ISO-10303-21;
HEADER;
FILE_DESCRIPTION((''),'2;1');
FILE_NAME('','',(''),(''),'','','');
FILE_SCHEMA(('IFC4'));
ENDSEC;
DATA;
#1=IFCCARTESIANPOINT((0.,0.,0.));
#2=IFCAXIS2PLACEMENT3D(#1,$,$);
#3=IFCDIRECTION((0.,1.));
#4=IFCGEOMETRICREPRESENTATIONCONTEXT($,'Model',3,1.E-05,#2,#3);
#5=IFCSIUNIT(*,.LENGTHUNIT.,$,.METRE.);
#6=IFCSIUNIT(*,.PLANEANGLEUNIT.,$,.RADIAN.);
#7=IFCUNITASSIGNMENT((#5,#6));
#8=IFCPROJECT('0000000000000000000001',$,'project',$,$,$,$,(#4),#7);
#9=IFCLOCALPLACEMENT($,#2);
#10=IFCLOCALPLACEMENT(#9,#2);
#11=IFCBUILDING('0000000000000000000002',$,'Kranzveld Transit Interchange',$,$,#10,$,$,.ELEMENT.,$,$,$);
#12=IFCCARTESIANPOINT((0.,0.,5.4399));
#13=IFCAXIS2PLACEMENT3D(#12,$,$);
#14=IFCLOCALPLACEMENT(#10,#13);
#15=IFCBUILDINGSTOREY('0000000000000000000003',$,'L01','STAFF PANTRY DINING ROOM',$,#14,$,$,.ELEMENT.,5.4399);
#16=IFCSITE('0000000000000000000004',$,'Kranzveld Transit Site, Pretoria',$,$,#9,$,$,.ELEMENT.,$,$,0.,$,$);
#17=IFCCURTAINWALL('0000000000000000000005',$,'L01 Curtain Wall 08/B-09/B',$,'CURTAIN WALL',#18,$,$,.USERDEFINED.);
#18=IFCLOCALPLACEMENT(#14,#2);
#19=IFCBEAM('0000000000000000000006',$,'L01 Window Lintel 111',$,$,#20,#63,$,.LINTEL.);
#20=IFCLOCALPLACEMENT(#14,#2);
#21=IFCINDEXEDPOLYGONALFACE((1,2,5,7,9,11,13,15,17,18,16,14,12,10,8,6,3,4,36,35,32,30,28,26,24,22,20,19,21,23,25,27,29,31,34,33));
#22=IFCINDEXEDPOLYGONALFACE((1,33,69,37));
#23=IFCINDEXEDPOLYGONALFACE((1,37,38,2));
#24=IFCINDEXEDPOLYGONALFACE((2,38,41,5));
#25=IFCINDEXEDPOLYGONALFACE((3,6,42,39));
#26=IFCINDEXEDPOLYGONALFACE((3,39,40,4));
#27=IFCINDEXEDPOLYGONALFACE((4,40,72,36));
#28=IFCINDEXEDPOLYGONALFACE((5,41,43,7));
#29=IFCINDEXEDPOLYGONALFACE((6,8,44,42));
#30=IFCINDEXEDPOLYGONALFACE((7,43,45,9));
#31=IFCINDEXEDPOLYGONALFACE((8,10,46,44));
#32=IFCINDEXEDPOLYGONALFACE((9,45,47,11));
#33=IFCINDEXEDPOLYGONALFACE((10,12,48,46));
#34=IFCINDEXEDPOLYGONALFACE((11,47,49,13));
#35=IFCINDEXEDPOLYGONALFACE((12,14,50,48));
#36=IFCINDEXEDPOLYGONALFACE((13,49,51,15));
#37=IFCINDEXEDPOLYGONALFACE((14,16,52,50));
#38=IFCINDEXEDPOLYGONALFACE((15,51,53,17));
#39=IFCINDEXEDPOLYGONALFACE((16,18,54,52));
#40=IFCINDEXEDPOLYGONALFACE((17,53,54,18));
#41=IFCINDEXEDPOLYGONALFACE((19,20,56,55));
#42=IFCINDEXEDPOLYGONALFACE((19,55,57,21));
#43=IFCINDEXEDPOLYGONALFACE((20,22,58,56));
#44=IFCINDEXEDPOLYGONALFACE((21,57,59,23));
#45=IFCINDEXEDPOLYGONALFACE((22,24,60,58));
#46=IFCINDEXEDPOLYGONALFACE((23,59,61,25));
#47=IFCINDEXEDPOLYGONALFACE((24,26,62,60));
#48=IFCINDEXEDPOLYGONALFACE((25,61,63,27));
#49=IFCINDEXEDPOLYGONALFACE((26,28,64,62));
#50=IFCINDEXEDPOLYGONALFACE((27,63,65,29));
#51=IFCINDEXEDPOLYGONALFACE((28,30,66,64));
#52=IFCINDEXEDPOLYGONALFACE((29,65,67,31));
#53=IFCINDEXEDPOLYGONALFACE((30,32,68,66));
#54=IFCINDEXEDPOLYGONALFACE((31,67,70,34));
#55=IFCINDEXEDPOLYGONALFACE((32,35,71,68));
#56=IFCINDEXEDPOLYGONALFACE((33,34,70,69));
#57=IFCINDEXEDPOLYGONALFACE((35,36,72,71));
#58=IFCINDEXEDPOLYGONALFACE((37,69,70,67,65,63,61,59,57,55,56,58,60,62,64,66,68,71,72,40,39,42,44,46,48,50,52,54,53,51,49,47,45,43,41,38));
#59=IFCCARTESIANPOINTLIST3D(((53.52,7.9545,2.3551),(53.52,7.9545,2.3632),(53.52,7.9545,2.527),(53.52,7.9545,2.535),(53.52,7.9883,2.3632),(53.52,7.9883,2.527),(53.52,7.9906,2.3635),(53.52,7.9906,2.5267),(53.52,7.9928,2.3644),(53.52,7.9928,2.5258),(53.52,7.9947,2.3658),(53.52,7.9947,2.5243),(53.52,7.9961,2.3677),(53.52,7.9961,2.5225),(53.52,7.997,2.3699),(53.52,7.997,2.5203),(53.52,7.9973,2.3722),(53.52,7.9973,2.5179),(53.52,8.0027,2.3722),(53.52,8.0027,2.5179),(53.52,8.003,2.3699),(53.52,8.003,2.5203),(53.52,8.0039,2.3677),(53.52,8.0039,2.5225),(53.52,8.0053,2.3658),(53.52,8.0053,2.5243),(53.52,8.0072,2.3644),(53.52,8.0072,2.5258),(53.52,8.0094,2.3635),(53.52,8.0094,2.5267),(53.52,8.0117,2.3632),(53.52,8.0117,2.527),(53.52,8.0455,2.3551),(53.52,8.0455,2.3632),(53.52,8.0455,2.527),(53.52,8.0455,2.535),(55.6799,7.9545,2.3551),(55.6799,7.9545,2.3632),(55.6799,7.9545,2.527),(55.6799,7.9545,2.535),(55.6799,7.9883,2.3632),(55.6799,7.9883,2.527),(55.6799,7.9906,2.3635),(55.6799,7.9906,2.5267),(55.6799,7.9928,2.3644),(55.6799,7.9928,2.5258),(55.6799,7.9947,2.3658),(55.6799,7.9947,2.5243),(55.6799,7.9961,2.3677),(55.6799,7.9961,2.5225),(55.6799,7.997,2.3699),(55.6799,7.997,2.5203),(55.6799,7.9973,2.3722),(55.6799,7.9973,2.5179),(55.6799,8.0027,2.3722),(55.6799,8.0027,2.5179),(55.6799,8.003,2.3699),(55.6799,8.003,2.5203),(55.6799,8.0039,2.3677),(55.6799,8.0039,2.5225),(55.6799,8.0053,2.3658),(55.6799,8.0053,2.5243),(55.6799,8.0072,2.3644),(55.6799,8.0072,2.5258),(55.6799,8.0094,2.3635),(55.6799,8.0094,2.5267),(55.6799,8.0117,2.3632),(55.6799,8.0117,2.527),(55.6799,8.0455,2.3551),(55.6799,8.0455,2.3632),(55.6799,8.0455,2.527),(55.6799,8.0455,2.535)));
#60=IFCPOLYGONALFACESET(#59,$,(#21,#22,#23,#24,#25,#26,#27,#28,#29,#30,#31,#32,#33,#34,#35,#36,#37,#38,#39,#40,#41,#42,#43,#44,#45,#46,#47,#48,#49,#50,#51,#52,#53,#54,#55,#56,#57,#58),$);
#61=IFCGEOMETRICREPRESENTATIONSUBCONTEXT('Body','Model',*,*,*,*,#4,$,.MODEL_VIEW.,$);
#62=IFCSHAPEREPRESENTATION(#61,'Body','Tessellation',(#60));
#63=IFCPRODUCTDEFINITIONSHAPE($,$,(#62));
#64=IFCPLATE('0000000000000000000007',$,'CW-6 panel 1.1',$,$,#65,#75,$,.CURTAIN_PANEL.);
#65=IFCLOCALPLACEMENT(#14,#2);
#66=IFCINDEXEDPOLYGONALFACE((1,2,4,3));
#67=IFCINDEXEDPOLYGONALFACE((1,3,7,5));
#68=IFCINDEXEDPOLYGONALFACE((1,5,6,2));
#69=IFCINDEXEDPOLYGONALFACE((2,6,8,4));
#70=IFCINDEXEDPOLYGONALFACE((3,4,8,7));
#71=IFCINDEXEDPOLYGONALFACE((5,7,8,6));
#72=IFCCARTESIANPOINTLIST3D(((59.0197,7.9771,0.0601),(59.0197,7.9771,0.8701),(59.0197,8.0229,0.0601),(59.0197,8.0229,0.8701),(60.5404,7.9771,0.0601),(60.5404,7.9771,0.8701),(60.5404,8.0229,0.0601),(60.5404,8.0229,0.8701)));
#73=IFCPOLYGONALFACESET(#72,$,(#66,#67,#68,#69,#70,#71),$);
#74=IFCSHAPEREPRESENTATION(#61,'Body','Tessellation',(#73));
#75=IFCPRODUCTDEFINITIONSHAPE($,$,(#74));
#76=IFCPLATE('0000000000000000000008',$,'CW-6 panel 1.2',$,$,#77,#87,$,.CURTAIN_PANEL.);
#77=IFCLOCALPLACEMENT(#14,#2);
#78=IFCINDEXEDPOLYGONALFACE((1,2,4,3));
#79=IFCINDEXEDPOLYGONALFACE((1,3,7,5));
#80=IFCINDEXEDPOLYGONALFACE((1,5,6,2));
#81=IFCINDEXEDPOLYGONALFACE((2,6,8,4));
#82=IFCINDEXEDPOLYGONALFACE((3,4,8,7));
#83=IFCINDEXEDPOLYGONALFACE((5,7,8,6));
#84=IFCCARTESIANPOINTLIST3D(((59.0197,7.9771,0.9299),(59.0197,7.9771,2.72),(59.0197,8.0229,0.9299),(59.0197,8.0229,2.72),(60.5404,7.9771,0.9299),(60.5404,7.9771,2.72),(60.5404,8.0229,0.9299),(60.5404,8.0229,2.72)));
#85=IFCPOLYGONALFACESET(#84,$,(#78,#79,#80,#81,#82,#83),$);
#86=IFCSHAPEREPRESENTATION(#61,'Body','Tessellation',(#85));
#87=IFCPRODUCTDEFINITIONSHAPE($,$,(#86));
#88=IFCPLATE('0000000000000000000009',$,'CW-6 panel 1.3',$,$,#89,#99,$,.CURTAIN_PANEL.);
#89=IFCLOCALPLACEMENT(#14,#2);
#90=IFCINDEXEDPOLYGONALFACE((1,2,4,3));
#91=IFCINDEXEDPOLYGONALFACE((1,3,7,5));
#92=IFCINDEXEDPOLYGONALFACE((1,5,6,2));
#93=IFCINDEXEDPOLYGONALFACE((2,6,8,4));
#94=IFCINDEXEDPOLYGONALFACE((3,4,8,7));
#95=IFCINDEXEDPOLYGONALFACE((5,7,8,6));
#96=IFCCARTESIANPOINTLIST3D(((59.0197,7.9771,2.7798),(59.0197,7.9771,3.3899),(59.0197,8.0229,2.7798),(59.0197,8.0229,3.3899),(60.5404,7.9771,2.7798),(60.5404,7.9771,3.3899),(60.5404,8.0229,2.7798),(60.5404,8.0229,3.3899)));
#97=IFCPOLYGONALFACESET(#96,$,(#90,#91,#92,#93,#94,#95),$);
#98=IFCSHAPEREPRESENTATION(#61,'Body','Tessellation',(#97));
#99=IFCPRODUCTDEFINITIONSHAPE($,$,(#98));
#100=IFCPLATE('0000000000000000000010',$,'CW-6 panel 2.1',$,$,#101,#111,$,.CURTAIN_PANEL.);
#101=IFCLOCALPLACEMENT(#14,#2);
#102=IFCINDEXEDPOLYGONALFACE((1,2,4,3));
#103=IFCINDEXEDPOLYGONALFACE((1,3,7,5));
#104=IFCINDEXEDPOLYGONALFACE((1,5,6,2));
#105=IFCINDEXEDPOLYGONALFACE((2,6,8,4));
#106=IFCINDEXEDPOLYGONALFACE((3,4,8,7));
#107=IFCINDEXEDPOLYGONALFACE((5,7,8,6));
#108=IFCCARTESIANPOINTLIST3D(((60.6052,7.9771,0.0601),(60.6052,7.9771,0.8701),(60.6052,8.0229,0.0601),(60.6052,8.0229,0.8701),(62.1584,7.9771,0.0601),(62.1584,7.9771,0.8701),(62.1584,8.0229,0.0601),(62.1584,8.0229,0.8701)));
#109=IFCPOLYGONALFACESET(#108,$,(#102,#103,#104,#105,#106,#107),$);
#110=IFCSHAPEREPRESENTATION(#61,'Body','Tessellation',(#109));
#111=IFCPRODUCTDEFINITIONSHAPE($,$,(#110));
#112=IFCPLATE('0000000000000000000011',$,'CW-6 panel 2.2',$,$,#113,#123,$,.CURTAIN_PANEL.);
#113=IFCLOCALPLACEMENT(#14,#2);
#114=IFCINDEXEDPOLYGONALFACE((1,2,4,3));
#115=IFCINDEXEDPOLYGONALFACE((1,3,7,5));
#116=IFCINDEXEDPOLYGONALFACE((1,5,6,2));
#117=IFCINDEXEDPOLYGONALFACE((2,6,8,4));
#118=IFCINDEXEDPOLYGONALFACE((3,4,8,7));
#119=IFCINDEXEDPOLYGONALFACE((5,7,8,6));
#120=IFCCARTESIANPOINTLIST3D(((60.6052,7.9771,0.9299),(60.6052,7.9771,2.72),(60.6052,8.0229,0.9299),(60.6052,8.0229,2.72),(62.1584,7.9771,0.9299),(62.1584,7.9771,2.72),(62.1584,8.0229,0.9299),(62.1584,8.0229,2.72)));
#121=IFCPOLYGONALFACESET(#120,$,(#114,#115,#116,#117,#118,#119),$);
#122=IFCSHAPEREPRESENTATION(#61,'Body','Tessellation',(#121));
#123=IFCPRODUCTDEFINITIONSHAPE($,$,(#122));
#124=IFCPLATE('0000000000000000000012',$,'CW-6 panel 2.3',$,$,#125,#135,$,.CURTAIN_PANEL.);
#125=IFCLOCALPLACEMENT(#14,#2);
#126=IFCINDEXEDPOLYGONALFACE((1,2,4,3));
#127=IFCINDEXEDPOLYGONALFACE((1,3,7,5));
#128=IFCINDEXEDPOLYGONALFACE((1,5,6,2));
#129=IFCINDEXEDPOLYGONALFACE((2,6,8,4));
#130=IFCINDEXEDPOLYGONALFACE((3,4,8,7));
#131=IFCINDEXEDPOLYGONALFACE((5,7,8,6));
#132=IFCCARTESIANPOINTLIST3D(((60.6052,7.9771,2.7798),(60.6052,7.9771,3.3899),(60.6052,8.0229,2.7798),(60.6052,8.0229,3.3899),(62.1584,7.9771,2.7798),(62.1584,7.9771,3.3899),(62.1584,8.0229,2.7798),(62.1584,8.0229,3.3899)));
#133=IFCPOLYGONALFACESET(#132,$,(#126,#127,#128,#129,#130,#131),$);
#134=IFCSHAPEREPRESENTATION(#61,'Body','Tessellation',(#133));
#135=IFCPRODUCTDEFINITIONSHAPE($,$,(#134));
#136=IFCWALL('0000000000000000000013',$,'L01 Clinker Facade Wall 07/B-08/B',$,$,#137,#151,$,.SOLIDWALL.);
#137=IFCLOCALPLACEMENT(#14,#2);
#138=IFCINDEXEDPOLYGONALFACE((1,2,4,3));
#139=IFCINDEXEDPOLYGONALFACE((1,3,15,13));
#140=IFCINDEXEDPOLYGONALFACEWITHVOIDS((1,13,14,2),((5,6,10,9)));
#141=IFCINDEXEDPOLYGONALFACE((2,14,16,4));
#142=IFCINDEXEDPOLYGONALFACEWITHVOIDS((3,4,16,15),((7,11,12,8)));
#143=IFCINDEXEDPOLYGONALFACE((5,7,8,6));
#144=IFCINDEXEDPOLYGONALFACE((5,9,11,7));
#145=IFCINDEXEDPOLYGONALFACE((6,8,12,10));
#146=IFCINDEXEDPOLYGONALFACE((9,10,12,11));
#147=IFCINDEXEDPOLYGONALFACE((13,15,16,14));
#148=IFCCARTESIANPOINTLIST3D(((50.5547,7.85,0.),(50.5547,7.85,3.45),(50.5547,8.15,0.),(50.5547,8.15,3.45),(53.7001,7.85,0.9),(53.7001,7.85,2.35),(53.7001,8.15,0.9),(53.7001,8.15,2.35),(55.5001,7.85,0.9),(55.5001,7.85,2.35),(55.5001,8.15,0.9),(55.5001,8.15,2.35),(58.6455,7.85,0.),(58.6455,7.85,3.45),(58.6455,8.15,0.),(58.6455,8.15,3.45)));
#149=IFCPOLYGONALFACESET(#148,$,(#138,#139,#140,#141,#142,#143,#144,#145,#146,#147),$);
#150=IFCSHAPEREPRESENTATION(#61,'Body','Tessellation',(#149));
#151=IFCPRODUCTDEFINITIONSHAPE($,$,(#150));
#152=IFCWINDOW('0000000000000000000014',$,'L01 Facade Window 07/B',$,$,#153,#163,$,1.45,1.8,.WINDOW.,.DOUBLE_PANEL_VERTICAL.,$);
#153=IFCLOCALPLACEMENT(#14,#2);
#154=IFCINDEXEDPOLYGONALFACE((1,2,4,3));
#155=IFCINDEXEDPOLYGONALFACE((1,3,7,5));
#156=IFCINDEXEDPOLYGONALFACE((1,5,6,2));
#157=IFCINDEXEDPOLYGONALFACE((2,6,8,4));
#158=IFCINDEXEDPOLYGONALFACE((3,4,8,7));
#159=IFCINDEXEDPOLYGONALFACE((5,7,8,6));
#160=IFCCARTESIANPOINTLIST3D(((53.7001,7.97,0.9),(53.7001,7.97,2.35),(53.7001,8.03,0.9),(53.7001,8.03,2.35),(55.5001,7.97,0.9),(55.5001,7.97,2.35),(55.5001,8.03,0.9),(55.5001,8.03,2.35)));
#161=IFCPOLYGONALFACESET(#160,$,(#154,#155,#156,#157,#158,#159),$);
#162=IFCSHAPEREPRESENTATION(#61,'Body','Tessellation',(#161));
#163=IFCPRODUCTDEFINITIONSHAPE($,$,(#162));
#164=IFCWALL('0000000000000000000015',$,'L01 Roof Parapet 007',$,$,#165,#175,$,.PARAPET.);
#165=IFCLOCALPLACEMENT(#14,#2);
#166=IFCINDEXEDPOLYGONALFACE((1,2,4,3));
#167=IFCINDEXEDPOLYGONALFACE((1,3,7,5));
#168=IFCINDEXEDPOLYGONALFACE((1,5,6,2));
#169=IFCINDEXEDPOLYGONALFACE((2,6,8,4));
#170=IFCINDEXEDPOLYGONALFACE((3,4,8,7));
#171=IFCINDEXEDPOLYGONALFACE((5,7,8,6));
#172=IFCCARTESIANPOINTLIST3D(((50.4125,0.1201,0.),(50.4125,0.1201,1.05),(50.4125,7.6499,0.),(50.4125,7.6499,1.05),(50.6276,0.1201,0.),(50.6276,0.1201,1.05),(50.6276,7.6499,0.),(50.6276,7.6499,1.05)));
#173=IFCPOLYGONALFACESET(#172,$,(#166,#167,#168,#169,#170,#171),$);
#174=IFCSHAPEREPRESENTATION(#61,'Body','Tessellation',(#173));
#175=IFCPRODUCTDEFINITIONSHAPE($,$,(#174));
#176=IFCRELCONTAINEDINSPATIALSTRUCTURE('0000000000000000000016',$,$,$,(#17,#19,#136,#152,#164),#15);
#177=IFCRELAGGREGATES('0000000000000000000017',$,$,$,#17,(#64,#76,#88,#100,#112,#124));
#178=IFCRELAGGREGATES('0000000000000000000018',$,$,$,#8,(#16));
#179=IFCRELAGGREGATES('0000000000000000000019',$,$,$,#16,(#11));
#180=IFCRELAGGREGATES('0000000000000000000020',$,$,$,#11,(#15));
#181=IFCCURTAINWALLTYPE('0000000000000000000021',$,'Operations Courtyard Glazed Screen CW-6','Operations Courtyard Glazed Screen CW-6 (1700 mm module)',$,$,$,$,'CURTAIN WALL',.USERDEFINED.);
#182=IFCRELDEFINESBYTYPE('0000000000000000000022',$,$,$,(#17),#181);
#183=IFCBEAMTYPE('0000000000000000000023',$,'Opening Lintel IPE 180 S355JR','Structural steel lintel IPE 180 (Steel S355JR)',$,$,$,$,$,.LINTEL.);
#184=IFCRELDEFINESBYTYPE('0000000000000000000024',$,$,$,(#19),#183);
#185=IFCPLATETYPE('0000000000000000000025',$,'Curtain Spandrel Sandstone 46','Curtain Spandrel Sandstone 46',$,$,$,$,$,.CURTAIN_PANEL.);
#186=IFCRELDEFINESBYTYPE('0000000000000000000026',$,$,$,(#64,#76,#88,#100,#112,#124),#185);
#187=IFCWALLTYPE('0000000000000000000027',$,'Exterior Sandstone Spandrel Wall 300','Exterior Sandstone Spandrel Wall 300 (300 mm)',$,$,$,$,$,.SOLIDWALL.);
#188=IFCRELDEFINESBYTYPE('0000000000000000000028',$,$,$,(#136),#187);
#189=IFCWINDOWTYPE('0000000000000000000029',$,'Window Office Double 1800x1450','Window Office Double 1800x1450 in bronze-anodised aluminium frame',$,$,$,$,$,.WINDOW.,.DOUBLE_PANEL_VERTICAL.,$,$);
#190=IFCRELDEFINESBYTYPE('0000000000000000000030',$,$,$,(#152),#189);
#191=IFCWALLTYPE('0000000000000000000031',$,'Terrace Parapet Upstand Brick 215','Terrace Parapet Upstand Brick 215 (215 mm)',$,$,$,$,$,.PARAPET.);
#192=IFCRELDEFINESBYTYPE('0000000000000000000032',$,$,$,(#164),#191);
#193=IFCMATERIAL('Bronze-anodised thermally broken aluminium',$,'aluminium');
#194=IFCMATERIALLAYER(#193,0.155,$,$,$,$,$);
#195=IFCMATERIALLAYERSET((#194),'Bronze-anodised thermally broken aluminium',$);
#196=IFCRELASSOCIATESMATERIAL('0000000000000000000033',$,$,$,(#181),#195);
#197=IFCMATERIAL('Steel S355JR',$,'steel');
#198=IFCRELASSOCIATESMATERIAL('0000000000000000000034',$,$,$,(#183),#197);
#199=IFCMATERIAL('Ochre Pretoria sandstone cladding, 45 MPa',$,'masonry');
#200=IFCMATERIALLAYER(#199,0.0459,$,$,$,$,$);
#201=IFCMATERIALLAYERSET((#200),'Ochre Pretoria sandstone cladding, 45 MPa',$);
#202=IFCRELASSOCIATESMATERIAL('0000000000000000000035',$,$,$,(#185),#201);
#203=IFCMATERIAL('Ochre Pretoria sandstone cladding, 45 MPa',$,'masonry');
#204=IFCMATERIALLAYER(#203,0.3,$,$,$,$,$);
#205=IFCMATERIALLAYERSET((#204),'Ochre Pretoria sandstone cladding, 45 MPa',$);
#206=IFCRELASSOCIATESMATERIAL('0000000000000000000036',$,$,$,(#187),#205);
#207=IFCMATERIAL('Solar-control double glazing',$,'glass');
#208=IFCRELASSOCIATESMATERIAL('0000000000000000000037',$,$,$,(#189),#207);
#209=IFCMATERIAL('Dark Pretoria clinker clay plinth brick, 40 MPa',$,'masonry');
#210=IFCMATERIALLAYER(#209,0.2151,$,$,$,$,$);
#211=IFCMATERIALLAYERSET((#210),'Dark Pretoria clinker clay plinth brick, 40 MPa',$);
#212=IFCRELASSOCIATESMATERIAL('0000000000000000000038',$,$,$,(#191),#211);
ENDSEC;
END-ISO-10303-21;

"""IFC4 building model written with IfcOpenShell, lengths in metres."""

from ifc_helpers import new_model, si_unit, direction, frame, frame_2d, origin, origin_2d, place, context, subcontext, project, spatial, rectangle, i_section, extrude, material, layer, layer_set, material_profile, profile_set, type_object, element, fill, aggregate, save


model = new_model("IFC4")

# Units and contexts
model_context = context("Model", 3, precision=1e-05, world=origin(), true_north=direction((0.0, 1.0)))
body_context = subcontext(model_context, "Body", "Model", "MODEL_VIEW")
ifc_project = project(units=[si_unit("LENGTHUNIT", "METRE"), si_unit("PLANEANGLEUNIT", "RADIAN")], contexts=[model_context])

# Site, building, storey
site_placement = place(None, origin())
site = spatial("IfcSite", under=ifc_project, at=site_placement, Name="Kranzveld Transit Site, Pretoria", CompositionType="ELEMENT", RefElevation=0.0)
building_placement = place(site_placement, origin())
building = spatial("IfcBuilding", under=site, at=building_placement, Name="Kranzveld Transit Interchange", CompositionType="ELEMENT")
storey_placement = place(building_placement, frame((0.0, 0.0, 5.4399)))
storey = spatial("IfcBuildingStorey", under=building, at=storey_placement, Name="L01", Description="STAFF PANTRY DINING ROOM", CompositionType="ELEMENT", Elevation=5.4399)

# Curtain wall
ifc_material_1 = material(Name="Bronze-anodised thermally broken aluminium", Category="aluminium")
ifc_layer_1 = layer(ifc_material_1, 0.155)
ifc_layer_set_1 = layer_set([ifc_layer_1], Name="Bronze-anodised thermally broken aluminium")
curtain_wall_type = type_object("IfcCurtainWallType", Name="Operations Courtyard Glazed Screen CW-6", Description="Operations Courtyard Glazed Screen CW-6 (1700 mm module)", ElementType="CURTAIN WALL", PredefinedType="USERDEFINED", material=ifc_layer_set_1)
curtain_wall_placement = place(storey_placement, origin())
curtain_wall = element("IfcCurtainWall", 1, at=curtain_wall_placement, inside=storey, type_object=curtain_wall_type, Name="L01 Curtain Wall 08/B-09/B", ObjectType="CURTAIN WALL", PredefinedType="USERDEFINED")

# Beam
ifc_material_2 = material(Name="Steel S355JR", Category="steel")
ifc_material_profile_1 = material_profile(ifc_material_2, i_section(OverallWidth=0.0911, OverallDepth=0.1799, WebThickness=0.0054, FlangeThickness=0.0081, FilletRadius=0.009, at=origin_2d()), Name="IPE 180")
ifc_profile_set_1 = profile_set([ifc_material_profile_1], Name="Steel S355JR")
beam_type_1 = type_object("IfcBeamType", Name="Opening Lintel IPE 180 S355JR", Description="Structural steel lintel IPE 180 (Steel S355JR)", PredefinedType="LINTEL", material=ifc_profile_set_1)
beam_placement = place(storey_placement, frame((53.52, 8.0, 2.4451), z_axis=(1.0, 0.0, 0.0), x_axis=(0.0, 1.0, 0.0)))
element("IfcBeam", 2, at=beam_placement, inside=storey, type_object=beam_type_1, Name="L01 Window Lintel 111", PredefinedType="LINTEL", context=body_context, shape_type="SweptSolid", body=[
    extrude(i_section(OverallWidth=0.0911, OverallDepth=0.1799, WebThickness=0.0054, FlangeThickness=0.0081, FilletRadius=0.009, at=origin_2d()), origin(), (0.0, 0.0, 1.0), 2.1599),
])

# Plates
ifc_material_3 = material(Name="Ochre Pretoria sandstone cladding, 45 MPa", Category="masonry")
ifc_layer_2 = layer(ifc_material_3, 0.0459)
ifc_layer_set_2 = layer_set([ifc_layer_2], Name="Ochre Pretoria sandstone cladding, 45 MPa")
plate_type = type_object("IfcPlateType", Name="Curtain Spandrel Sandstone 46", Description="Curtain Spandrel Sandstone 46", PredefinedType="CURTAIN_PANEL", material=ifc_layer_set_2)
plate_1_placement = place(storey_placement, frame((59.78, 8.0, 0.0601), z_axis=(0.0, 0.0, 1.0), x_axis=(1.0, 0.0, 0.0)))
plate_1 = element("IfcPlate", 3, at=plate_1_placement, type_object=plate_type, Name="CW-6 panel 1.1", PredefinedType="CURTAIN_PANEL", context=body_context, shape_type="SweptSolid", body=[
    extrude(rectangle(XDim=1.5208, YDim=0.0459, at=origin_2d()), origin(), (0.0, 0.0, 1.0), 0.8101),
])
plate_2_placement = place(storey_placement, frame((59.78, 8.0, 0.9299), z_axis=(0.0, 0.0, 1.0), x_axis=(1.0, 0.0, 0.0)))
plate_2 = element("IfcPlate", 4, at=plate_2_placement, type_object=plate_type, Name="CW-6 panel 1.2", PredefinedType="CURTAIN_PANEL", context=body_context, shape_type="SweptSolid", body=[
    extrude(rectangle(XDim=1.5208, YDim=0.0459, at=origin_2d()), origin(), (0.0, 0.0, 1.0), 1.79),
])
plate_3_placement = place(storey_placement, frame((59.78, 8.0, 2.7798), z_axis=(0.0, 0.0, 1.0), x_axis=(1.0, 0.0, 0.0)))
plate_3 = element("IfcPlate", 5, at=plate_3_placement, type_object=plate_type, Name="CW-6 panel 1.3", PredefinedType="CURTAIN_PANEL", context=body_context, shape_type="SweptSolid", body=[
    extrude(rectangle(XDim=1.5208, YDim=0.0459, at=origin_2d()), origin(), (0.0, 0.0, 1.0), 0.6101),
])
plate_4_placement = place(storey_placement, frame((61.3818, 8.0, 0.0601), z_axis=(0.0, 0.0, 1.0), x_axis=(1.0, 0.0, 0.0)))
plate_4 = element("IfcPlate", 6, at=plate_4_placement, type_object=plate_type, Name="CW-6 panel 2.1", PredefinedType="CURTAIN_PANEL", context=body_context, shape_type="SweptSolid", body=[
    extrude(rectangle(XDim=1.5532, YDim=0.0459, at=origin_2d()), origin(), (0.0, 0.0, 1.0), 0.8101),
])
plate_5_placement = place(storey_placement, frame((61.3818, 8.0, 0.9299), z_axis=(0.0, 0.0, 1.0), x_axis=(1.0, 0.0, 0.0)))
plate_5 = element("IfcPlate", 7, at=plate_5_placement, type_object=plate_type, Name="CW-6 panel 2.2", PredefinedType="CURTAIN_PANEL", context=body_context, shape_type="SweptSolid", body=[
    extrude(rectangle(XDim=1.5532, YDim=0.0459, at=origin_2d()), origin(), (0.0, 0.0, 1.0), 1.79),
])
plate_6_placement = place(storey_placement, frame((61.3818, 8.0, 2.7798), z_axis=(0.0, 0.0, 1.0), x_axis=(1.0, 0.0, 0.0)))
plate_6 = element("IfcPlate", 8, at=plate_6_placement, type_object=plate_type, Name="CW-6 panel 2.3", PredefinedType="CURTAIN_PANEL", context=body_context, shape_type="SweptSolid", body=[
    extrude(rectangle(XDim=1.5532, YDim=0.0459, at=origin_2d()), origin(), (0.0, 0.0, 1.0), 0.6101),
])
aggregate(curtain_wall, [plate_1, plate_2, plate_3, plate_4, plate_5, plate_6])

# Wall, opening, window
ifc_material_4 = material(Name="Ochre Pretoria sandstone cladding, 45 MPa", Category="masonry")
ifc_layer_3 = layer(ifc_material_4, 0.3)
ifc_layer_set_3 = layer_set([ifc_layer_3], Name="Ochre Pretoria sandstone cladding, 45 MPa")
wall_type_1 = type_object("IfcWallType", Name="Exterior Sandstone Spandrel Wall 300", Description="Exterior Sandstone Spandrel Wall 300 (300 mm)", PredefinedType="SOLIDWALL", material=ifc_layer_set_3)
wall_1_placement = place(storey_placement, frame((50.5547, 8.0, 0.0), z_axis=(0.0, 0.0, 1.0), x_axis=(1.0, 0.0, 0.0)))
wall_1 = element("IfcWall", 9, at=wall_1_placement, inside=storey, type_object=wall_type_1, Name="L01 Clinker Facade Wall 07/B-08/B", PredefinedType="SOLIDWALL", context=body_context, shape_type="SweptSolid", body=[
    extrude(rectangle(XDim=8.0908, YDim=0.3, at=frame_2d((4.0454, 0.0))), origin(), (0.0, 0.0, 1.0), 3.45),
])
opening_placement = place(wall_1_placement, frame((3.1455, 0.0, 0.8999), z_axis=(0.0, 0.0, 1.0), x_axis=(1.0, 0.0, 0.0)))
opening = element("IfcOpeningElement", 10, at=opening_placement, cuts=wall_1, PredefinedType="OPENING", context=body_context, shape_type="SweptSolid", body=[
    extrude(rectangle(XDim=1.8, YDim=1.45, at=frame_2d((0.8999, 0.7251))), frame((0.0, 0.1599, 0.0), z_axis=(0.0, -1.0, 0.0), x_axis=(1.0, 0.0, 0.0)), (0.0, 0.0, 1.0), 0.3201),
])
ifc_material_5 = material(Name="Solar-control double glazing", Category="glass")
window_type = type_object("IfcWindowType", Name="Window Office Double 1800x1450", Description="Window Office Double 1800x1450 in bronze-anodised aluminium frame", PartitioningType="DOUBLE_PANEL_VERTICAL", PredefinedType="WINDOW", material=ifc_material_5)
window_placement = place(opening_placement, origin())
window = element("IfcWindow", 11, at=window_placement, inside=storey, type_object=window_type, Name="L01 Facade Window 07/B", OverallHeight=1.45, OverallWidth=1.8, PartitioningType="DOUBLE_PANEL_VERTICAL", PredefinedType="WINDOW", context=body_context, shape_type="SweptSolid", body=[
    extrude(rectangle(XDim=1.8, YDim=1.45, at=frame_2d((0.8999, 0.7251))), frame((0.0, 0.03, 0.0), z_axis=(0.0, -1.0, 0.0), x_axis=(1.0, 0.0, 0.0)), (0.0, 0.0, 1.0), 0.0601),
])
fill(opening, window)

# Wall
ifc_material_6 = material(Name="Dark Pretoria clinker clay plinth brick, 40 MPa", Category="masonry")
ifc_layer_4 = layer(ifc_material_6, 0.2151)
ifc_layer_set_4 = layer_set([ifc_layer_4], Name="Dark Pretoria clinker clay plinth brick, 40 MPa")
wall_type_2 = type_object("IfcWallType", Name="Terrace Parapet Upstand Brick 215", Description="Terrace Parapet Upstand Brick 215 (215 mm)", PredefinedType="PARAPET", material=ifc_layer_set_4)
wall_2_placement = place(storey_placement, frame((50.52, 0.1201, 0.0), z_axis=(0.0, 0.0, 1.0), x_axis=(0.0, 1.0, 0.0)))
element("IfcWall", 12, at=wall_2_placement, inside=storey, type_object=wall_type_2, Name="L01 Roof Parapet 007", PredefinedType="PARAPET", context=body_context, shape_type="SweptSolid", body=[
    extrude(rectangle(XDim=7.5298, YDim=0.2151, at=frame_2d((3.7649, 0.0))), origin(), (0.0, 0.0, 1.0), 1.05),
])

save(model, "model.ifc")
